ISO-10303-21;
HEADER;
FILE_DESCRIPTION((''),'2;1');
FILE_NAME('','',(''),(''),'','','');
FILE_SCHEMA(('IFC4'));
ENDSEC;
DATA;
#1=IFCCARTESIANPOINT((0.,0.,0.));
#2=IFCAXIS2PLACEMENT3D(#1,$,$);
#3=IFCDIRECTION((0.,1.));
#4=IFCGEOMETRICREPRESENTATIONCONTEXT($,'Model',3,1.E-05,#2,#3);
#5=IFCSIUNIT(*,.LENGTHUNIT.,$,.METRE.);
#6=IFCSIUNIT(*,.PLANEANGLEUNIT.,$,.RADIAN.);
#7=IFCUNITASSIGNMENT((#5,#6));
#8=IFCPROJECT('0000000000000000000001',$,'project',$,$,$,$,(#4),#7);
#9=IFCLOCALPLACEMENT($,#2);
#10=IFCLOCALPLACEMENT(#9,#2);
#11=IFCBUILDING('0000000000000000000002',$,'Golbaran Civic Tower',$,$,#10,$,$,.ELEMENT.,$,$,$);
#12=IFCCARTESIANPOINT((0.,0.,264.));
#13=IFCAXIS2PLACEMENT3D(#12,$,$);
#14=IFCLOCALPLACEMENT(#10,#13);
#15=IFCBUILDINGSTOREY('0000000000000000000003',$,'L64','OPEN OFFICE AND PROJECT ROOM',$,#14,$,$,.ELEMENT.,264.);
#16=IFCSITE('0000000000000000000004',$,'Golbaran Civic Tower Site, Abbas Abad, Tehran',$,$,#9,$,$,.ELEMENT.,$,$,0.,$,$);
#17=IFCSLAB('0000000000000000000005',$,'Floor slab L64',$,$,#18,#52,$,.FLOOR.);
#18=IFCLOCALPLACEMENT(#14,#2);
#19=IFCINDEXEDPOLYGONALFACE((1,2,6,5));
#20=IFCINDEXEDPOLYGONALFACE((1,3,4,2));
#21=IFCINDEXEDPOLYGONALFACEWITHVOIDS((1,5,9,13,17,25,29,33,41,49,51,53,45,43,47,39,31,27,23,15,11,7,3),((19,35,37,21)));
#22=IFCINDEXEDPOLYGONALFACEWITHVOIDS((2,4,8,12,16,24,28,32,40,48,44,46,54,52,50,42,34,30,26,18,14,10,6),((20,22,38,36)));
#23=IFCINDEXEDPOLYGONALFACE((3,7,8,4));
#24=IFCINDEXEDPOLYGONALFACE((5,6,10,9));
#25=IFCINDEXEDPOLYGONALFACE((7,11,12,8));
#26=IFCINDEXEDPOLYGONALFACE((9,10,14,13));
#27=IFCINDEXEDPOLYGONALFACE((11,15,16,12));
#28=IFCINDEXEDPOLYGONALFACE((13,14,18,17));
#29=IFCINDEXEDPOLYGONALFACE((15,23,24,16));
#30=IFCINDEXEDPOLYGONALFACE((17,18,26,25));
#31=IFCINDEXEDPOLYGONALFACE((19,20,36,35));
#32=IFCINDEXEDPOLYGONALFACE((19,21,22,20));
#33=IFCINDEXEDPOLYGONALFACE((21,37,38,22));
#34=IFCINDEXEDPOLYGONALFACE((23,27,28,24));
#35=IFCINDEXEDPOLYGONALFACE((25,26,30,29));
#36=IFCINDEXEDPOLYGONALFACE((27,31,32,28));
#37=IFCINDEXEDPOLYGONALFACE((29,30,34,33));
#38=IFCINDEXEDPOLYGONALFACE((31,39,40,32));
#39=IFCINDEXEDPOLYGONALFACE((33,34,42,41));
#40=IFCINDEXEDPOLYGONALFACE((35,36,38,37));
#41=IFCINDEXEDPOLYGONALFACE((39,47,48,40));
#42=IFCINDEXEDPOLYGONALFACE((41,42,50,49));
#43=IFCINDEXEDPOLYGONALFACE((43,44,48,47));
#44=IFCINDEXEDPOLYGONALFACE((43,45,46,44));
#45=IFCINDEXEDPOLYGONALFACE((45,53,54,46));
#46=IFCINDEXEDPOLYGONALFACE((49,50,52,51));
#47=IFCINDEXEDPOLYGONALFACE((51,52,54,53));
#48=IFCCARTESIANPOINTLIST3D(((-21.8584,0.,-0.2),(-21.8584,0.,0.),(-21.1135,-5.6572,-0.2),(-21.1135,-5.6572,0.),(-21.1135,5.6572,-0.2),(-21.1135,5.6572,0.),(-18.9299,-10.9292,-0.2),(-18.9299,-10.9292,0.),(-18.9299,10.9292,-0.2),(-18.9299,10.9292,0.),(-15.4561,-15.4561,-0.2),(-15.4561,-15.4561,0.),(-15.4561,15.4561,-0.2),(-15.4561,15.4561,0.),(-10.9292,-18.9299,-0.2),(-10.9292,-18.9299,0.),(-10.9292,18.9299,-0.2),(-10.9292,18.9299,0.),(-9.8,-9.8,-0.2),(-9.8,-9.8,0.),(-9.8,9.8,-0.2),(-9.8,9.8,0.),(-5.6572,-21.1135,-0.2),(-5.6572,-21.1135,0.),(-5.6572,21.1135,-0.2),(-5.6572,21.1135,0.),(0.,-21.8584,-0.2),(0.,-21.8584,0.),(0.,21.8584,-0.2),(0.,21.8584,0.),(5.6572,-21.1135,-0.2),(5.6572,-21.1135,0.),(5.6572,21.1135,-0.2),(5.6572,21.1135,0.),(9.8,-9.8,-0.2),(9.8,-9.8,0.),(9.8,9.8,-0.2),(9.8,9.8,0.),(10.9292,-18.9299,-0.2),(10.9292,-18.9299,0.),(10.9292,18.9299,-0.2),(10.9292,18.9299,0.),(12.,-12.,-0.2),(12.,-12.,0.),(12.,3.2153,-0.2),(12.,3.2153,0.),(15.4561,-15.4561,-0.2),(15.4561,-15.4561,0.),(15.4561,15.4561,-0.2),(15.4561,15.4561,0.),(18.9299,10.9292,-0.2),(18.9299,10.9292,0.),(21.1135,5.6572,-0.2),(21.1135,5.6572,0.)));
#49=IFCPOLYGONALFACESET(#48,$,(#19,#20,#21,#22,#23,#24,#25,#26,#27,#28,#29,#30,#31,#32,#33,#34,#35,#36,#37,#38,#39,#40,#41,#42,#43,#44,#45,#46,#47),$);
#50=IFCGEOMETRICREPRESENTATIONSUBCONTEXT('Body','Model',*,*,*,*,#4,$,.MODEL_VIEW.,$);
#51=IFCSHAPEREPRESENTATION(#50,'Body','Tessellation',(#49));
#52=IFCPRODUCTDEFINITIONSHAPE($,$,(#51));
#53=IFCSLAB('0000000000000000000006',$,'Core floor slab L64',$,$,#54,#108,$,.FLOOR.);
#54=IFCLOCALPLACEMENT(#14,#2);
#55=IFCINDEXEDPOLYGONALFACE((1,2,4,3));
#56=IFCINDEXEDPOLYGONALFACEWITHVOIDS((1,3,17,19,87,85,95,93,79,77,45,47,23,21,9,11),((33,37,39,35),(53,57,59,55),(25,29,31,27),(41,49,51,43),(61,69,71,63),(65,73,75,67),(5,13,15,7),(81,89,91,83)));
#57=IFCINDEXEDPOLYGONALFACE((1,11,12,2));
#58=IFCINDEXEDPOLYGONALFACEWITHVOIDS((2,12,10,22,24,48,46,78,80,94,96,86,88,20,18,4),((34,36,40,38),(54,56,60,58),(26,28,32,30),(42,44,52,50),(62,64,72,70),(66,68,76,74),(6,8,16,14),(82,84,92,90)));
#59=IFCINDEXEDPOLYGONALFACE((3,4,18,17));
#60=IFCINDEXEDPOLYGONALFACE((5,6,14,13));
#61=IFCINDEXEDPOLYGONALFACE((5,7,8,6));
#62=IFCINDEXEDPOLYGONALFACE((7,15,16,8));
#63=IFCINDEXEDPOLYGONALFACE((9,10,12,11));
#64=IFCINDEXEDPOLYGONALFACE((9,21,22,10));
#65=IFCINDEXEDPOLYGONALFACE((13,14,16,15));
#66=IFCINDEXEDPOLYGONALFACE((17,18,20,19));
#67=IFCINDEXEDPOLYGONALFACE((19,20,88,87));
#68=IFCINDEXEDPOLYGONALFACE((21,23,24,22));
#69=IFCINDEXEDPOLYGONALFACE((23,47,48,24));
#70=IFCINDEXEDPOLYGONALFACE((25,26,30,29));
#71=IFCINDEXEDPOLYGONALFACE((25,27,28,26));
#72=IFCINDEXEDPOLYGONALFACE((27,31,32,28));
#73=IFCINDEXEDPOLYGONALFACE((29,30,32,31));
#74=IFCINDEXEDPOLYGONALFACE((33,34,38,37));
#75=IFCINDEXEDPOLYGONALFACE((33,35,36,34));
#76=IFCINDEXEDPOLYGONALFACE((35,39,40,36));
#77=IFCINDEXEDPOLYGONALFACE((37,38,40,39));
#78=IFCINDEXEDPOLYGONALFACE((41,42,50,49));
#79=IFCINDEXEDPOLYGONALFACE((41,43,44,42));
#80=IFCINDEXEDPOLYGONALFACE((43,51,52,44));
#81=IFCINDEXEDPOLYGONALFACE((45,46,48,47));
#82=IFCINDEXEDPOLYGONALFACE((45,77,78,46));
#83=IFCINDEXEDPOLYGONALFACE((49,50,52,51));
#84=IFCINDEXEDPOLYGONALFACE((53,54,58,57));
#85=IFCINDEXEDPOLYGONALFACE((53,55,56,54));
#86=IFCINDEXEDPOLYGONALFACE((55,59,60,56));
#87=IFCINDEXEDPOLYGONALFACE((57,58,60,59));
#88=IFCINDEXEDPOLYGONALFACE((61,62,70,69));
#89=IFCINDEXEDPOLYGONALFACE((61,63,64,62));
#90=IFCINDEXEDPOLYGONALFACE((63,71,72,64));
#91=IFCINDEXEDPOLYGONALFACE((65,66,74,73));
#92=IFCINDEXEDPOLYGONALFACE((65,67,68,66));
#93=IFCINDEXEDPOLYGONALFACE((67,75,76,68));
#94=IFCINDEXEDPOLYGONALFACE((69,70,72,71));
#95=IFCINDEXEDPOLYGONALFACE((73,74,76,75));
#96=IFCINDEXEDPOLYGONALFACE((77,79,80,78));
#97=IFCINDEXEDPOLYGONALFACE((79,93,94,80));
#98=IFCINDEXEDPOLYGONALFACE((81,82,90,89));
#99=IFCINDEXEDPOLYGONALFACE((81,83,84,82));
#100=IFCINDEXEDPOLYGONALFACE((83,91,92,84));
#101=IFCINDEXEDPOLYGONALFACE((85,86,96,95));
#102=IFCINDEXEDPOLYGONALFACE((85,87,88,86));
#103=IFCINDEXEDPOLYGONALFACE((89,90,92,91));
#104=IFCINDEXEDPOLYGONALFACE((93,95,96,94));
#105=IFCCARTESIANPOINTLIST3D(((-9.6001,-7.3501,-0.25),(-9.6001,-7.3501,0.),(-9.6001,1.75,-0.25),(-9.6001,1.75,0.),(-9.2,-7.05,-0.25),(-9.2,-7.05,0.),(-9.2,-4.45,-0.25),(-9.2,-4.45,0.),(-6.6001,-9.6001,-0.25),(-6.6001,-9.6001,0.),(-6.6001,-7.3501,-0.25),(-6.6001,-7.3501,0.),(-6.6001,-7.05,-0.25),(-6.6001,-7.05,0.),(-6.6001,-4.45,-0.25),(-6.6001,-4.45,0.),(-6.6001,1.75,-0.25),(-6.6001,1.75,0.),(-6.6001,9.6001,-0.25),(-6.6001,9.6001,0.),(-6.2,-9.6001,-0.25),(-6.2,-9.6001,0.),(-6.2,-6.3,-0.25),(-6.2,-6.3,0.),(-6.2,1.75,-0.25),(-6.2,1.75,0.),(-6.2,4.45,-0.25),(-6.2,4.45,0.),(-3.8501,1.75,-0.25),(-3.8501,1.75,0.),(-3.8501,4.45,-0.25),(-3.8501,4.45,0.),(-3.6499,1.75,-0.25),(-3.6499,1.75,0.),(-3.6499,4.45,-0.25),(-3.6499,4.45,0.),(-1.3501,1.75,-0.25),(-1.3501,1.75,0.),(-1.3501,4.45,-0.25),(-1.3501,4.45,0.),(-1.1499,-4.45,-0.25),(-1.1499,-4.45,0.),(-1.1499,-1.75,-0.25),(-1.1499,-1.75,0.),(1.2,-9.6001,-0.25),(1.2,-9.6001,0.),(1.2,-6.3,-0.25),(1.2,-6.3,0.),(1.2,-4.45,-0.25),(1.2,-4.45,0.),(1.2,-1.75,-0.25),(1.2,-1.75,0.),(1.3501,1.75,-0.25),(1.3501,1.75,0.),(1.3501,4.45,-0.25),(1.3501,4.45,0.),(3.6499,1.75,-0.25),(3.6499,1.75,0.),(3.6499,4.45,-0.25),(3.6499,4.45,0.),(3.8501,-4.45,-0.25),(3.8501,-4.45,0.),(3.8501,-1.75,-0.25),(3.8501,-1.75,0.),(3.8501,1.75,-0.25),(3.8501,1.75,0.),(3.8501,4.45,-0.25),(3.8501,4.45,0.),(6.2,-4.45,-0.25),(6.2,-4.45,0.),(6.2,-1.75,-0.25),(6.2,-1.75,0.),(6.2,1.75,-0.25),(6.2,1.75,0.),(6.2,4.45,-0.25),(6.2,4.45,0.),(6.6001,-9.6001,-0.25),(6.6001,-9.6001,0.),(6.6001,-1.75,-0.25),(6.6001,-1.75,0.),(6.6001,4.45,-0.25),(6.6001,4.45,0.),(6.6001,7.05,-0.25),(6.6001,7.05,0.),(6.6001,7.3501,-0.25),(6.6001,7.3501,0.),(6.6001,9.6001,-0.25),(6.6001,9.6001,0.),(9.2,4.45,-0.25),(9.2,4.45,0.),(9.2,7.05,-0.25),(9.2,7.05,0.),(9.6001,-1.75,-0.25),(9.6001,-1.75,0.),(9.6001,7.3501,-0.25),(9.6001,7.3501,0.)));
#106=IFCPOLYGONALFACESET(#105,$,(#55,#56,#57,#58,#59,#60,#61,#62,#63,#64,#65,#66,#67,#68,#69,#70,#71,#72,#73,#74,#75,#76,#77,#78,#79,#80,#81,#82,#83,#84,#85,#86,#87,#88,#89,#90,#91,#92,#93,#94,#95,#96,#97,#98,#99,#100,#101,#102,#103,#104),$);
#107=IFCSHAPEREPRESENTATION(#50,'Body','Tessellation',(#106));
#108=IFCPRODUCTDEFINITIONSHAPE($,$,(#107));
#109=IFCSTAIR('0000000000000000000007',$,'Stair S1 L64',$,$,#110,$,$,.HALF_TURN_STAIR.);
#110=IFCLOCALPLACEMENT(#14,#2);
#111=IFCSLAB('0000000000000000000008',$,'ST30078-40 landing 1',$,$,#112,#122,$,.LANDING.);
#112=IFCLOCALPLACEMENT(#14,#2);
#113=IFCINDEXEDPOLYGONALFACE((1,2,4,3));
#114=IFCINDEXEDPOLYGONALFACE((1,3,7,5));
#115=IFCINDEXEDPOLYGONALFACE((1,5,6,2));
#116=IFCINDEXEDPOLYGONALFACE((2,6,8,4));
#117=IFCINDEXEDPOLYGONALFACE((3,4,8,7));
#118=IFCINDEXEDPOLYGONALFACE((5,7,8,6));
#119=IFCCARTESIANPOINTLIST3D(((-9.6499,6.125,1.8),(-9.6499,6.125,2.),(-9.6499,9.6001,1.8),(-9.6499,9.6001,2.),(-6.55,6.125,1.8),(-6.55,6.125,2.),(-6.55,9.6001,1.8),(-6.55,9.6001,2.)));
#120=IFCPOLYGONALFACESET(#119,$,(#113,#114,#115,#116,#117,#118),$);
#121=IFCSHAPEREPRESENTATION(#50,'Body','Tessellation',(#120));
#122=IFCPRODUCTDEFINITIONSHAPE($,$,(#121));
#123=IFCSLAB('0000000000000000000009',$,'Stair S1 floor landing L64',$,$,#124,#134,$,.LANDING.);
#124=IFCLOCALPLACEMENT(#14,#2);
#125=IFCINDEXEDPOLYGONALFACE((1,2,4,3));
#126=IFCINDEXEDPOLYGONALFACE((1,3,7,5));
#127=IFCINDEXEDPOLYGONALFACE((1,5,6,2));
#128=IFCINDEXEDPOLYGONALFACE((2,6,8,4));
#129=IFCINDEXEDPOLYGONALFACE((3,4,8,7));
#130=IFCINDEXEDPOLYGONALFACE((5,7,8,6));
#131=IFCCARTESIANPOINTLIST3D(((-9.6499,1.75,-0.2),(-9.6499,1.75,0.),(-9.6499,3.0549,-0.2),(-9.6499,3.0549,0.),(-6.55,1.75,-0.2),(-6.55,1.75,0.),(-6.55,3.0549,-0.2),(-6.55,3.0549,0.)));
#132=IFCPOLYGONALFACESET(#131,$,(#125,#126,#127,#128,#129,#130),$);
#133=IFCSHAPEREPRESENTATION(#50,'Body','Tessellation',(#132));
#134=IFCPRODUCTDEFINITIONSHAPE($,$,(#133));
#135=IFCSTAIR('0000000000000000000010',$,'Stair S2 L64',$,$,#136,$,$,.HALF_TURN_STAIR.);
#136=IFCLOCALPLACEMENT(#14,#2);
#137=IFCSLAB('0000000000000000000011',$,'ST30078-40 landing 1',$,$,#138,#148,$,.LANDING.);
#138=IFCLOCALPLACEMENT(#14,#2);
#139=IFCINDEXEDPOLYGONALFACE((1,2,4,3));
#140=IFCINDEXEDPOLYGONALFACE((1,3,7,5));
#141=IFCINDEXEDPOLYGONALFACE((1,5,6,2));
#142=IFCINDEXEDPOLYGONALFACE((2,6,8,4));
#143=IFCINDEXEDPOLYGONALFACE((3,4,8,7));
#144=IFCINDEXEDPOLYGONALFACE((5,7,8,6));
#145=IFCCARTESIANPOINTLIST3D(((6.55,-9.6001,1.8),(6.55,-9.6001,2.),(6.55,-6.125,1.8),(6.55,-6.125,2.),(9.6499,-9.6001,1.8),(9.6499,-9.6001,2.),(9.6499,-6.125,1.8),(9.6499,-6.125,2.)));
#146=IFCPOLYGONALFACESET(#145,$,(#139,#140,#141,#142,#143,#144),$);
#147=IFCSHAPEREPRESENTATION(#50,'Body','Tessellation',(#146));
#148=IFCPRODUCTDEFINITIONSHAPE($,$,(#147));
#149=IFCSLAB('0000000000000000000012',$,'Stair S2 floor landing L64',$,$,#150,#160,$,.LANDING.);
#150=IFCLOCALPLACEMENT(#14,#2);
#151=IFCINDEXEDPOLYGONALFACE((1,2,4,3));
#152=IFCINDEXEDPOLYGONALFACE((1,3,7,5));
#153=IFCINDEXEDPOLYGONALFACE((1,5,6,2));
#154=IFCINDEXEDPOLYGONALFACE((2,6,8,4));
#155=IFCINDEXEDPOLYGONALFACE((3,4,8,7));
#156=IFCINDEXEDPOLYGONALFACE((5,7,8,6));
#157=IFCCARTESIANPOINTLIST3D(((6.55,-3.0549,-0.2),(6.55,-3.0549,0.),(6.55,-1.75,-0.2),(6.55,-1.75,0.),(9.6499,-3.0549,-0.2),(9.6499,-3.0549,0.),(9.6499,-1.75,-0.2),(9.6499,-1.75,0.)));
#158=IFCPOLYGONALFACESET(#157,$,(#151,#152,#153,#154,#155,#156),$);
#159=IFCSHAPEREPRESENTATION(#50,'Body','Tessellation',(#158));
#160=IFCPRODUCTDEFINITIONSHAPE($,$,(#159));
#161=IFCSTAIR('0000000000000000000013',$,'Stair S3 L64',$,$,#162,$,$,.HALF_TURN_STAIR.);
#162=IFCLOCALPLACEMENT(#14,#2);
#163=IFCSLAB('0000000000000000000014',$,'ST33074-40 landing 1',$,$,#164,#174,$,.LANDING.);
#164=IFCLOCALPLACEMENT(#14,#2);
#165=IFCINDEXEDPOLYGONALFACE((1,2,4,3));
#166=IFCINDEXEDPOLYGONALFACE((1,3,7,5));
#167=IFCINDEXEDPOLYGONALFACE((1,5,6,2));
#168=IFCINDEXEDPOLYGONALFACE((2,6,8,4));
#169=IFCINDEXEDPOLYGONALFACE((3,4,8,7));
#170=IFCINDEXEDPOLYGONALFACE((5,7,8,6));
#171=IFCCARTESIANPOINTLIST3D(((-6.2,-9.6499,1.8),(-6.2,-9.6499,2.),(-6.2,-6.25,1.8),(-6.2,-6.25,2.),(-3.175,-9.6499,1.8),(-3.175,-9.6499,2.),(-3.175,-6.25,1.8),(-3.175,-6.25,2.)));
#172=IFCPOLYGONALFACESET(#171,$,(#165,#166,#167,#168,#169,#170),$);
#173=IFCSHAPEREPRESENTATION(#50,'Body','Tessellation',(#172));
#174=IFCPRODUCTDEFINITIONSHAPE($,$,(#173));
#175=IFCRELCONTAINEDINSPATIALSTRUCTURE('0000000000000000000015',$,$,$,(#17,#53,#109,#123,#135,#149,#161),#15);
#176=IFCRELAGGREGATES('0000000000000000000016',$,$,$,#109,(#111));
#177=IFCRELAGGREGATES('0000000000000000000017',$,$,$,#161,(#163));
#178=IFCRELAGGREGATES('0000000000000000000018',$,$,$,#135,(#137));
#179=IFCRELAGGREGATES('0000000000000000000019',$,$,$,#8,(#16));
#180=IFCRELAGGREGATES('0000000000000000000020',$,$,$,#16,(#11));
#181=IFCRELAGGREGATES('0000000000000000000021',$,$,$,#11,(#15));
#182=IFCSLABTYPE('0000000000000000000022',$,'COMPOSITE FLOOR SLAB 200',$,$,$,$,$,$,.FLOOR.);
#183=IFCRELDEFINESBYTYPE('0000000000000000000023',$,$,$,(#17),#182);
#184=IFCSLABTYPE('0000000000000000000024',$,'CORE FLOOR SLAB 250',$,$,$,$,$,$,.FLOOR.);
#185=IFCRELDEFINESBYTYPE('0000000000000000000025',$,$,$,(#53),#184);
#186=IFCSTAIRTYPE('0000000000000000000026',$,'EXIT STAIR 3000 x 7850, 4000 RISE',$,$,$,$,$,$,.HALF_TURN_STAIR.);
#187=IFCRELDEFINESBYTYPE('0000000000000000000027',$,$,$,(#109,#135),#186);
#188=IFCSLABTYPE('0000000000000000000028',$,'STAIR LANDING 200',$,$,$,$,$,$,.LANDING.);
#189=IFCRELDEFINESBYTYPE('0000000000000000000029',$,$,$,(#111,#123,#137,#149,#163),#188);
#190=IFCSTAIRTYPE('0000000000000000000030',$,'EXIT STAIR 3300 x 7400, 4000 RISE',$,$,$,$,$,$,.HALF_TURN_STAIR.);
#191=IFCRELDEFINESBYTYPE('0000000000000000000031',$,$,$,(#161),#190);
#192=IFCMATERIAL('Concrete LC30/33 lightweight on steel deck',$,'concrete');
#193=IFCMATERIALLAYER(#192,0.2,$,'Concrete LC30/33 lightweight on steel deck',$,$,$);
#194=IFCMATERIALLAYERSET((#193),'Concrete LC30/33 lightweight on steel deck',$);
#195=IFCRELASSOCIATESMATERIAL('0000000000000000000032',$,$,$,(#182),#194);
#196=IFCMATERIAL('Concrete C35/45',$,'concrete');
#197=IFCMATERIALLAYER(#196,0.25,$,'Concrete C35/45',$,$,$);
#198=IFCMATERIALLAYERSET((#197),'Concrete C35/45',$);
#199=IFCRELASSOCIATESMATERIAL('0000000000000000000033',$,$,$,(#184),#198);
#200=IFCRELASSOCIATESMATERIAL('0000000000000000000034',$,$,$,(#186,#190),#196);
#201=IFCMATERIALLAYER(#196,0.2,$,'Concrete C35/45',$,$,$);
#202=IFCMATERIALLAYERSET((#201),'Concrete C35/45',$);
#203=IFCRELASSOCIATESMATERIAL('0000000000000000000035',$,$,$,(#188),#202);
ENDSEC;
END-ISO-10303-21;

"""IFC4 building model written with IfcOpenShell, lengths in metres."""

from ifc_helpers import new_model, si_unit, direction, frame, origin, place, context, subcontext, project, spatial, polyline, outline, extrude, material, layer, layer_set, type_object, element, aggregate, save


model = new_model("IFC4")

# Units and contexts
model_context = context("Model", 3, precision=1e-05, world=origin(), true_north=direction((0.0, 1.0)))
body_context = subcontext(model_context, "Body", "Model", "MODEL_VIEW")
ifc_project = project(units=[si_unit("LENGTHUNIT", "METRE"), si_unit("PLANEANGLEUNIT", "RADIAN")], contexts=[model_context])

# Site, building, storey
site_placement = place(None, origin())
site = spatial("IfcSite", under=ifc_project, at=site_placement, Name="Golbaran Civic Tower Site, Abbas Abad, Tehran", CompositionType="ELEMENT", RefElevation=0.0)
building_placement = place(site_placement, origin())
building = spatial("IfcBuilding", under=site, at=building_placement, Name="Golbaran Civic Tower", CompositionType="ELEMENT")
storey_placement = place(building_placement, frame((0.0, 0.0, 264.0)))
storey = spatial("IfcBuildingStorey", under=building, at=storey_placement, Name="L64", Description="OPEN OFFICE AND PROJECT ROOM", CompositionType="ELEMENT", Elevation=264.0)

# Slabs
ifc_material_1 = material(Name="Concrete LC30/33 lightweight on steel deck", Category="concrete")
ifc_layer_1 = layer(ifc_material_1, 0.2, Name="Concrete LC30/33 lightweight on steel deck")
ifc_layer_set_1 = layer_set([ifc_layer_1], Name="Concrete LC30/33 lightweight on steel deck")
slab_type_1 = type_object("IfcSlabType", Name="COMPOSITE FLOOR SLAB 200", PredefinedType="FLOOR", material=ifc_layer_set_1)
slab_1_placement = place(storey_placement, frame((0.0, 0.0, -0.2)))
element("IfcSlab", 1, at=slab_1_placement, inside=storey, type_object=slab_type_1, Name="Floor slab L64", PredefinedType="FLOOR", context=body_context, shape_type="SweptSolid", body=[
    extrude(outline(polyline([(5.6572, -21.1135), (0.0, -21.8584), (-5.6572, -21.1135), (-10.9292, -18.9299), (-15.4561, -15.4561), (-18.9299, -10.9292), (-21.1135, -5.6572), (-21.8584, 0.0), (-21.1135, 5.6572), (-18.9299, 10.9292), (-15.4561, 15.4561), (-10.9292, 18.9299), (-5.6572, 21.1135), (0.0, 21.8584), (5.6572, 21.1135), (10.9292, 18.9299), (15.4561, 15.4561), (18.9299, 10.9292), (21.1135, 5.6572), (12.0, 3.2153), (12.0, -12.0), (15.4561, -15.4561), (10.9292, -18.9299), (5.6572, -21.1135)]), holes=[polyline([(-9.8, -9.8), (9.8, -9.8), (9.8, 9.8), (-9.8, 9.8), (-9.8, -9.8)])]), origin(), (0.0, 0.0, 1.0), 0.2),
])
ifc_material_2 = material(Name="Concrete C35/45", Category="concrete")
ifc_layer_2 = layer(ifc_material_2, 0.25, Name="Concrete C35/45")
ifc_layer_set_2 = layer_set([ifc_layer_2], Name="Concrete C35/45")
slab_type_2 = type_object("IfcSlabType", Name="CORE FLOOR SLAB 250", PredefinedType="FLOOR", material=ifc_layer_set_2)
slab_2_placement = place(storey_placement, frame((0.0, 0.0, -0.25)))
element("IfcSlab", 2, at=slab_2_placement, inside=storey, type_object=slab_type_2, Name="Core floor slab L64", PredefinedType="FLOOR", context=body_context, shape_type="SweptSolid", body=[
    extrude(outline(polyline([(6.6001, -1.75), (6.6001, -9.6001), (1.2, -9.6001), (1.2, -6.3), (-6.2, -6.3), (-6.2, -9.6001), (-6.6001, -9.6001), (-6.6001, -7.3501), (-9.6001, -7.3501), (-9.6001, 1.75), (-6.6001, 1.75), (-6.6001, 9.6001), (6.6001, 9.6001), (6.6001, 7.3501), (9.6001, 7.3501), (9.6001, -1.75), (6.6001, -1.75)]), holes=[polyline([(9.2, 7.05), (6.6001, 7.05), (6.6001, 4.45), (9.2, 4.45), (9.2, 7.05)]), polyline([(6.2, -1.75), (3.8501, -1.75), (3.8501, -4.45), (6.2, -4.45), (6.2, -1.75)]), polyline([(6.2, 4.45), (3.8501, 4.45), (3.8501, 1.75), (6.2, 1.75), (6.2, 4.45)]), polyline([(3.6499, 4.45), (1.3501, 4.45), (1.3501, 1.75), (3.6499, 1.75), (3.6499, 4.45)]), polyline([(-1.1499, -1.75), (-1.1499, -4.45), (1.2, -4.45), (1.2, -1.75), (-1.1499, -1.75)]), polyline([(-1.3501, 4.45), (-3.6499, 4.45), (-3.6499, 1.75), (-1.3501, 1.75), (-1.3501, 4.45)]), polyline([(-3.8501, 4.45), (-6.2, 4.45), (-6.2, 1.75), (-3.8501, 1.75), (-3.8501, 4.45)]), polyline([(-6.6001, -4.45), (-9.2, -4.45), (-9.2, -7.05), (-6.6001, -7.05), (-6.6001, -4.45)])]), origin(), (0.0, 0.0, 1.0), 0.25),
])

# Stair, slab
stair_type_1 = type_object("IfcStairType", Name="EXIT STAIR 3000 x 7850, 4000 RISE", PredefinedType="HALF_TURN_STAIR", material=ifc_material_2)
stair_1_placement = place(storey_placement, origin())
stair_1 = element("IfcStair", 3, at=stair_1_placement, inside=storey, type_object=stair_type_1, Name="Stair S1 L64", PredefinedType="HALF_TURN_STAIR")
ifc_layer_3 = layer(ifc_material_2, 0.2, Name="Concrete C35/45")
ifc_layer_set_3 = layer_set([ifc_layer_3], Name="Concrete C35/45")
slab_type_3 = type_object("IfcSlabType", Name="STAIR LANDING 200", PredefinedType="LANDING", material=ifc_layer_set_3)
slab_3_placement = place(storey_placement, frame((0.0, 0.0, 1.8)))
slab_3 = element("IfcSlab", 4, at=slab_3_placement, type_object=slab_type_3, Name="ST30078-40 landing 1", PredefinedType="LANDING", context=body_context, shape_type="SweptSolid", body=[
    extrude(outline(polyline([(-9.6499, 6.125), (-9.6499, 9.6001), (-6.55, 9.6001), (-6.55, 6.125), (-9.6499, 6.125)])), origin(), (0.0, 0.0, 1.0), 0.2),
])
aggregate(stair_1, [slab_3])

# Slab
slab_4_placement = place(storey_placement, frame((0.0, 0.0, -0.2)))
element("IfcSlab", 5, at=slab_4_placement, inside=storey, type_object=slab_type_3, Name="Stair S1 floor landing L64", PredefinedType="LANDING", context=body_context, shape_type="SweptSolid", body=[
    extrude(outline(polyline([(-9.6499, 1.75), (-9.6499, 3.0549), (-6.55, 3.0549), (-6.55, 1.75), (-9.6499, 1.75)])), origin(), (0.0, 0.0, 1.0), 0.2),
])

# Stair, slab
stair_2_placement = place(storey_placement, origin())
stair_2 = element("IfcStair", 6, at=stair_2_placement, inside=storey, type_object=stair_type_1, Name="Stair S2 L64", PredefinedType="HALF_TURN_STAIR")
slab_5_placement = place(storey_placement, frame((0.0, 0.0, 1.8)))
slab_5 = element("IfcSlab", 7, at=slab_5_placement, type_object=slab_type_3, Name="ST30078-40 landing 1", PredefinedType="LANDING", context=body_context, shape_type="SweptSolid", body=[
    extrude(outline(polyline([(9.6499, -6.125), (9.6499, -9.6001), (6.55, -9.6001), (6.55, -6.125), (9.6499, -6.125)])), origin(), (0.0, 0.0, 1.0), 0.2),
])

# Slab
slab_6_placement = place(storey_placement, frame((0.0, 0.0, -0.2)))
element("IfcSlab", 8, at=slab_6_placement, inside=storey, type_object=slab_type_3, Name="Stair S2 floor landing L64", PredefinedType="LANDING", context=body_context, shape_type="SweptSolid", body=[
    extrude(outline(polyline([(9.6499, -1.75), (9.6499, -3.0549), (6.55, -3.0549), (6.55, -1.75), (9.6499, -1.75)])), origin(), (0.0, 0.0, 1.0), 0.2),
])

# Stair, slab
stair_type_2 = type_object("IfcStairType", Name="EXIT STAIR 3300 x 7400, 4000 RISE", PredefinedType="HALF_TURN_STAIR", material=ifc_material_2)
stair_3_placement = place(storey_placement, origin())
stair_3 = element("IfcStair", 9, at=stair_3_placement, inside=storey, type_object=stair_type_2, Name="Stair S3 L64", PredefinedType="HALF_TURN_STAIR")
slab_7_placement = place(storey_placement, frame((0.0, 0.0, 1.8)))
slab_7 = element("IfcSlab", 10, at=slab_7_placement, type_object=slab_type_3, Name="ST33074-40 landing 1", PredefinedType="LANDING", context=body_context, shape_type="SweptSolid", body=[
    extrude(outline(polyline([(-3.175, -9.6499), (-6.2, -9.6499), (-6.2, -6.25), (-3.175, -6.25), (-3.175, -9.6499)])), origin(), (0.0, 0.0, 1.0), 0.2),
])
aggregate(stair_3, [slab_7])

aggregate(stair_2, [slab_5])

save(model, "model.ifc")
